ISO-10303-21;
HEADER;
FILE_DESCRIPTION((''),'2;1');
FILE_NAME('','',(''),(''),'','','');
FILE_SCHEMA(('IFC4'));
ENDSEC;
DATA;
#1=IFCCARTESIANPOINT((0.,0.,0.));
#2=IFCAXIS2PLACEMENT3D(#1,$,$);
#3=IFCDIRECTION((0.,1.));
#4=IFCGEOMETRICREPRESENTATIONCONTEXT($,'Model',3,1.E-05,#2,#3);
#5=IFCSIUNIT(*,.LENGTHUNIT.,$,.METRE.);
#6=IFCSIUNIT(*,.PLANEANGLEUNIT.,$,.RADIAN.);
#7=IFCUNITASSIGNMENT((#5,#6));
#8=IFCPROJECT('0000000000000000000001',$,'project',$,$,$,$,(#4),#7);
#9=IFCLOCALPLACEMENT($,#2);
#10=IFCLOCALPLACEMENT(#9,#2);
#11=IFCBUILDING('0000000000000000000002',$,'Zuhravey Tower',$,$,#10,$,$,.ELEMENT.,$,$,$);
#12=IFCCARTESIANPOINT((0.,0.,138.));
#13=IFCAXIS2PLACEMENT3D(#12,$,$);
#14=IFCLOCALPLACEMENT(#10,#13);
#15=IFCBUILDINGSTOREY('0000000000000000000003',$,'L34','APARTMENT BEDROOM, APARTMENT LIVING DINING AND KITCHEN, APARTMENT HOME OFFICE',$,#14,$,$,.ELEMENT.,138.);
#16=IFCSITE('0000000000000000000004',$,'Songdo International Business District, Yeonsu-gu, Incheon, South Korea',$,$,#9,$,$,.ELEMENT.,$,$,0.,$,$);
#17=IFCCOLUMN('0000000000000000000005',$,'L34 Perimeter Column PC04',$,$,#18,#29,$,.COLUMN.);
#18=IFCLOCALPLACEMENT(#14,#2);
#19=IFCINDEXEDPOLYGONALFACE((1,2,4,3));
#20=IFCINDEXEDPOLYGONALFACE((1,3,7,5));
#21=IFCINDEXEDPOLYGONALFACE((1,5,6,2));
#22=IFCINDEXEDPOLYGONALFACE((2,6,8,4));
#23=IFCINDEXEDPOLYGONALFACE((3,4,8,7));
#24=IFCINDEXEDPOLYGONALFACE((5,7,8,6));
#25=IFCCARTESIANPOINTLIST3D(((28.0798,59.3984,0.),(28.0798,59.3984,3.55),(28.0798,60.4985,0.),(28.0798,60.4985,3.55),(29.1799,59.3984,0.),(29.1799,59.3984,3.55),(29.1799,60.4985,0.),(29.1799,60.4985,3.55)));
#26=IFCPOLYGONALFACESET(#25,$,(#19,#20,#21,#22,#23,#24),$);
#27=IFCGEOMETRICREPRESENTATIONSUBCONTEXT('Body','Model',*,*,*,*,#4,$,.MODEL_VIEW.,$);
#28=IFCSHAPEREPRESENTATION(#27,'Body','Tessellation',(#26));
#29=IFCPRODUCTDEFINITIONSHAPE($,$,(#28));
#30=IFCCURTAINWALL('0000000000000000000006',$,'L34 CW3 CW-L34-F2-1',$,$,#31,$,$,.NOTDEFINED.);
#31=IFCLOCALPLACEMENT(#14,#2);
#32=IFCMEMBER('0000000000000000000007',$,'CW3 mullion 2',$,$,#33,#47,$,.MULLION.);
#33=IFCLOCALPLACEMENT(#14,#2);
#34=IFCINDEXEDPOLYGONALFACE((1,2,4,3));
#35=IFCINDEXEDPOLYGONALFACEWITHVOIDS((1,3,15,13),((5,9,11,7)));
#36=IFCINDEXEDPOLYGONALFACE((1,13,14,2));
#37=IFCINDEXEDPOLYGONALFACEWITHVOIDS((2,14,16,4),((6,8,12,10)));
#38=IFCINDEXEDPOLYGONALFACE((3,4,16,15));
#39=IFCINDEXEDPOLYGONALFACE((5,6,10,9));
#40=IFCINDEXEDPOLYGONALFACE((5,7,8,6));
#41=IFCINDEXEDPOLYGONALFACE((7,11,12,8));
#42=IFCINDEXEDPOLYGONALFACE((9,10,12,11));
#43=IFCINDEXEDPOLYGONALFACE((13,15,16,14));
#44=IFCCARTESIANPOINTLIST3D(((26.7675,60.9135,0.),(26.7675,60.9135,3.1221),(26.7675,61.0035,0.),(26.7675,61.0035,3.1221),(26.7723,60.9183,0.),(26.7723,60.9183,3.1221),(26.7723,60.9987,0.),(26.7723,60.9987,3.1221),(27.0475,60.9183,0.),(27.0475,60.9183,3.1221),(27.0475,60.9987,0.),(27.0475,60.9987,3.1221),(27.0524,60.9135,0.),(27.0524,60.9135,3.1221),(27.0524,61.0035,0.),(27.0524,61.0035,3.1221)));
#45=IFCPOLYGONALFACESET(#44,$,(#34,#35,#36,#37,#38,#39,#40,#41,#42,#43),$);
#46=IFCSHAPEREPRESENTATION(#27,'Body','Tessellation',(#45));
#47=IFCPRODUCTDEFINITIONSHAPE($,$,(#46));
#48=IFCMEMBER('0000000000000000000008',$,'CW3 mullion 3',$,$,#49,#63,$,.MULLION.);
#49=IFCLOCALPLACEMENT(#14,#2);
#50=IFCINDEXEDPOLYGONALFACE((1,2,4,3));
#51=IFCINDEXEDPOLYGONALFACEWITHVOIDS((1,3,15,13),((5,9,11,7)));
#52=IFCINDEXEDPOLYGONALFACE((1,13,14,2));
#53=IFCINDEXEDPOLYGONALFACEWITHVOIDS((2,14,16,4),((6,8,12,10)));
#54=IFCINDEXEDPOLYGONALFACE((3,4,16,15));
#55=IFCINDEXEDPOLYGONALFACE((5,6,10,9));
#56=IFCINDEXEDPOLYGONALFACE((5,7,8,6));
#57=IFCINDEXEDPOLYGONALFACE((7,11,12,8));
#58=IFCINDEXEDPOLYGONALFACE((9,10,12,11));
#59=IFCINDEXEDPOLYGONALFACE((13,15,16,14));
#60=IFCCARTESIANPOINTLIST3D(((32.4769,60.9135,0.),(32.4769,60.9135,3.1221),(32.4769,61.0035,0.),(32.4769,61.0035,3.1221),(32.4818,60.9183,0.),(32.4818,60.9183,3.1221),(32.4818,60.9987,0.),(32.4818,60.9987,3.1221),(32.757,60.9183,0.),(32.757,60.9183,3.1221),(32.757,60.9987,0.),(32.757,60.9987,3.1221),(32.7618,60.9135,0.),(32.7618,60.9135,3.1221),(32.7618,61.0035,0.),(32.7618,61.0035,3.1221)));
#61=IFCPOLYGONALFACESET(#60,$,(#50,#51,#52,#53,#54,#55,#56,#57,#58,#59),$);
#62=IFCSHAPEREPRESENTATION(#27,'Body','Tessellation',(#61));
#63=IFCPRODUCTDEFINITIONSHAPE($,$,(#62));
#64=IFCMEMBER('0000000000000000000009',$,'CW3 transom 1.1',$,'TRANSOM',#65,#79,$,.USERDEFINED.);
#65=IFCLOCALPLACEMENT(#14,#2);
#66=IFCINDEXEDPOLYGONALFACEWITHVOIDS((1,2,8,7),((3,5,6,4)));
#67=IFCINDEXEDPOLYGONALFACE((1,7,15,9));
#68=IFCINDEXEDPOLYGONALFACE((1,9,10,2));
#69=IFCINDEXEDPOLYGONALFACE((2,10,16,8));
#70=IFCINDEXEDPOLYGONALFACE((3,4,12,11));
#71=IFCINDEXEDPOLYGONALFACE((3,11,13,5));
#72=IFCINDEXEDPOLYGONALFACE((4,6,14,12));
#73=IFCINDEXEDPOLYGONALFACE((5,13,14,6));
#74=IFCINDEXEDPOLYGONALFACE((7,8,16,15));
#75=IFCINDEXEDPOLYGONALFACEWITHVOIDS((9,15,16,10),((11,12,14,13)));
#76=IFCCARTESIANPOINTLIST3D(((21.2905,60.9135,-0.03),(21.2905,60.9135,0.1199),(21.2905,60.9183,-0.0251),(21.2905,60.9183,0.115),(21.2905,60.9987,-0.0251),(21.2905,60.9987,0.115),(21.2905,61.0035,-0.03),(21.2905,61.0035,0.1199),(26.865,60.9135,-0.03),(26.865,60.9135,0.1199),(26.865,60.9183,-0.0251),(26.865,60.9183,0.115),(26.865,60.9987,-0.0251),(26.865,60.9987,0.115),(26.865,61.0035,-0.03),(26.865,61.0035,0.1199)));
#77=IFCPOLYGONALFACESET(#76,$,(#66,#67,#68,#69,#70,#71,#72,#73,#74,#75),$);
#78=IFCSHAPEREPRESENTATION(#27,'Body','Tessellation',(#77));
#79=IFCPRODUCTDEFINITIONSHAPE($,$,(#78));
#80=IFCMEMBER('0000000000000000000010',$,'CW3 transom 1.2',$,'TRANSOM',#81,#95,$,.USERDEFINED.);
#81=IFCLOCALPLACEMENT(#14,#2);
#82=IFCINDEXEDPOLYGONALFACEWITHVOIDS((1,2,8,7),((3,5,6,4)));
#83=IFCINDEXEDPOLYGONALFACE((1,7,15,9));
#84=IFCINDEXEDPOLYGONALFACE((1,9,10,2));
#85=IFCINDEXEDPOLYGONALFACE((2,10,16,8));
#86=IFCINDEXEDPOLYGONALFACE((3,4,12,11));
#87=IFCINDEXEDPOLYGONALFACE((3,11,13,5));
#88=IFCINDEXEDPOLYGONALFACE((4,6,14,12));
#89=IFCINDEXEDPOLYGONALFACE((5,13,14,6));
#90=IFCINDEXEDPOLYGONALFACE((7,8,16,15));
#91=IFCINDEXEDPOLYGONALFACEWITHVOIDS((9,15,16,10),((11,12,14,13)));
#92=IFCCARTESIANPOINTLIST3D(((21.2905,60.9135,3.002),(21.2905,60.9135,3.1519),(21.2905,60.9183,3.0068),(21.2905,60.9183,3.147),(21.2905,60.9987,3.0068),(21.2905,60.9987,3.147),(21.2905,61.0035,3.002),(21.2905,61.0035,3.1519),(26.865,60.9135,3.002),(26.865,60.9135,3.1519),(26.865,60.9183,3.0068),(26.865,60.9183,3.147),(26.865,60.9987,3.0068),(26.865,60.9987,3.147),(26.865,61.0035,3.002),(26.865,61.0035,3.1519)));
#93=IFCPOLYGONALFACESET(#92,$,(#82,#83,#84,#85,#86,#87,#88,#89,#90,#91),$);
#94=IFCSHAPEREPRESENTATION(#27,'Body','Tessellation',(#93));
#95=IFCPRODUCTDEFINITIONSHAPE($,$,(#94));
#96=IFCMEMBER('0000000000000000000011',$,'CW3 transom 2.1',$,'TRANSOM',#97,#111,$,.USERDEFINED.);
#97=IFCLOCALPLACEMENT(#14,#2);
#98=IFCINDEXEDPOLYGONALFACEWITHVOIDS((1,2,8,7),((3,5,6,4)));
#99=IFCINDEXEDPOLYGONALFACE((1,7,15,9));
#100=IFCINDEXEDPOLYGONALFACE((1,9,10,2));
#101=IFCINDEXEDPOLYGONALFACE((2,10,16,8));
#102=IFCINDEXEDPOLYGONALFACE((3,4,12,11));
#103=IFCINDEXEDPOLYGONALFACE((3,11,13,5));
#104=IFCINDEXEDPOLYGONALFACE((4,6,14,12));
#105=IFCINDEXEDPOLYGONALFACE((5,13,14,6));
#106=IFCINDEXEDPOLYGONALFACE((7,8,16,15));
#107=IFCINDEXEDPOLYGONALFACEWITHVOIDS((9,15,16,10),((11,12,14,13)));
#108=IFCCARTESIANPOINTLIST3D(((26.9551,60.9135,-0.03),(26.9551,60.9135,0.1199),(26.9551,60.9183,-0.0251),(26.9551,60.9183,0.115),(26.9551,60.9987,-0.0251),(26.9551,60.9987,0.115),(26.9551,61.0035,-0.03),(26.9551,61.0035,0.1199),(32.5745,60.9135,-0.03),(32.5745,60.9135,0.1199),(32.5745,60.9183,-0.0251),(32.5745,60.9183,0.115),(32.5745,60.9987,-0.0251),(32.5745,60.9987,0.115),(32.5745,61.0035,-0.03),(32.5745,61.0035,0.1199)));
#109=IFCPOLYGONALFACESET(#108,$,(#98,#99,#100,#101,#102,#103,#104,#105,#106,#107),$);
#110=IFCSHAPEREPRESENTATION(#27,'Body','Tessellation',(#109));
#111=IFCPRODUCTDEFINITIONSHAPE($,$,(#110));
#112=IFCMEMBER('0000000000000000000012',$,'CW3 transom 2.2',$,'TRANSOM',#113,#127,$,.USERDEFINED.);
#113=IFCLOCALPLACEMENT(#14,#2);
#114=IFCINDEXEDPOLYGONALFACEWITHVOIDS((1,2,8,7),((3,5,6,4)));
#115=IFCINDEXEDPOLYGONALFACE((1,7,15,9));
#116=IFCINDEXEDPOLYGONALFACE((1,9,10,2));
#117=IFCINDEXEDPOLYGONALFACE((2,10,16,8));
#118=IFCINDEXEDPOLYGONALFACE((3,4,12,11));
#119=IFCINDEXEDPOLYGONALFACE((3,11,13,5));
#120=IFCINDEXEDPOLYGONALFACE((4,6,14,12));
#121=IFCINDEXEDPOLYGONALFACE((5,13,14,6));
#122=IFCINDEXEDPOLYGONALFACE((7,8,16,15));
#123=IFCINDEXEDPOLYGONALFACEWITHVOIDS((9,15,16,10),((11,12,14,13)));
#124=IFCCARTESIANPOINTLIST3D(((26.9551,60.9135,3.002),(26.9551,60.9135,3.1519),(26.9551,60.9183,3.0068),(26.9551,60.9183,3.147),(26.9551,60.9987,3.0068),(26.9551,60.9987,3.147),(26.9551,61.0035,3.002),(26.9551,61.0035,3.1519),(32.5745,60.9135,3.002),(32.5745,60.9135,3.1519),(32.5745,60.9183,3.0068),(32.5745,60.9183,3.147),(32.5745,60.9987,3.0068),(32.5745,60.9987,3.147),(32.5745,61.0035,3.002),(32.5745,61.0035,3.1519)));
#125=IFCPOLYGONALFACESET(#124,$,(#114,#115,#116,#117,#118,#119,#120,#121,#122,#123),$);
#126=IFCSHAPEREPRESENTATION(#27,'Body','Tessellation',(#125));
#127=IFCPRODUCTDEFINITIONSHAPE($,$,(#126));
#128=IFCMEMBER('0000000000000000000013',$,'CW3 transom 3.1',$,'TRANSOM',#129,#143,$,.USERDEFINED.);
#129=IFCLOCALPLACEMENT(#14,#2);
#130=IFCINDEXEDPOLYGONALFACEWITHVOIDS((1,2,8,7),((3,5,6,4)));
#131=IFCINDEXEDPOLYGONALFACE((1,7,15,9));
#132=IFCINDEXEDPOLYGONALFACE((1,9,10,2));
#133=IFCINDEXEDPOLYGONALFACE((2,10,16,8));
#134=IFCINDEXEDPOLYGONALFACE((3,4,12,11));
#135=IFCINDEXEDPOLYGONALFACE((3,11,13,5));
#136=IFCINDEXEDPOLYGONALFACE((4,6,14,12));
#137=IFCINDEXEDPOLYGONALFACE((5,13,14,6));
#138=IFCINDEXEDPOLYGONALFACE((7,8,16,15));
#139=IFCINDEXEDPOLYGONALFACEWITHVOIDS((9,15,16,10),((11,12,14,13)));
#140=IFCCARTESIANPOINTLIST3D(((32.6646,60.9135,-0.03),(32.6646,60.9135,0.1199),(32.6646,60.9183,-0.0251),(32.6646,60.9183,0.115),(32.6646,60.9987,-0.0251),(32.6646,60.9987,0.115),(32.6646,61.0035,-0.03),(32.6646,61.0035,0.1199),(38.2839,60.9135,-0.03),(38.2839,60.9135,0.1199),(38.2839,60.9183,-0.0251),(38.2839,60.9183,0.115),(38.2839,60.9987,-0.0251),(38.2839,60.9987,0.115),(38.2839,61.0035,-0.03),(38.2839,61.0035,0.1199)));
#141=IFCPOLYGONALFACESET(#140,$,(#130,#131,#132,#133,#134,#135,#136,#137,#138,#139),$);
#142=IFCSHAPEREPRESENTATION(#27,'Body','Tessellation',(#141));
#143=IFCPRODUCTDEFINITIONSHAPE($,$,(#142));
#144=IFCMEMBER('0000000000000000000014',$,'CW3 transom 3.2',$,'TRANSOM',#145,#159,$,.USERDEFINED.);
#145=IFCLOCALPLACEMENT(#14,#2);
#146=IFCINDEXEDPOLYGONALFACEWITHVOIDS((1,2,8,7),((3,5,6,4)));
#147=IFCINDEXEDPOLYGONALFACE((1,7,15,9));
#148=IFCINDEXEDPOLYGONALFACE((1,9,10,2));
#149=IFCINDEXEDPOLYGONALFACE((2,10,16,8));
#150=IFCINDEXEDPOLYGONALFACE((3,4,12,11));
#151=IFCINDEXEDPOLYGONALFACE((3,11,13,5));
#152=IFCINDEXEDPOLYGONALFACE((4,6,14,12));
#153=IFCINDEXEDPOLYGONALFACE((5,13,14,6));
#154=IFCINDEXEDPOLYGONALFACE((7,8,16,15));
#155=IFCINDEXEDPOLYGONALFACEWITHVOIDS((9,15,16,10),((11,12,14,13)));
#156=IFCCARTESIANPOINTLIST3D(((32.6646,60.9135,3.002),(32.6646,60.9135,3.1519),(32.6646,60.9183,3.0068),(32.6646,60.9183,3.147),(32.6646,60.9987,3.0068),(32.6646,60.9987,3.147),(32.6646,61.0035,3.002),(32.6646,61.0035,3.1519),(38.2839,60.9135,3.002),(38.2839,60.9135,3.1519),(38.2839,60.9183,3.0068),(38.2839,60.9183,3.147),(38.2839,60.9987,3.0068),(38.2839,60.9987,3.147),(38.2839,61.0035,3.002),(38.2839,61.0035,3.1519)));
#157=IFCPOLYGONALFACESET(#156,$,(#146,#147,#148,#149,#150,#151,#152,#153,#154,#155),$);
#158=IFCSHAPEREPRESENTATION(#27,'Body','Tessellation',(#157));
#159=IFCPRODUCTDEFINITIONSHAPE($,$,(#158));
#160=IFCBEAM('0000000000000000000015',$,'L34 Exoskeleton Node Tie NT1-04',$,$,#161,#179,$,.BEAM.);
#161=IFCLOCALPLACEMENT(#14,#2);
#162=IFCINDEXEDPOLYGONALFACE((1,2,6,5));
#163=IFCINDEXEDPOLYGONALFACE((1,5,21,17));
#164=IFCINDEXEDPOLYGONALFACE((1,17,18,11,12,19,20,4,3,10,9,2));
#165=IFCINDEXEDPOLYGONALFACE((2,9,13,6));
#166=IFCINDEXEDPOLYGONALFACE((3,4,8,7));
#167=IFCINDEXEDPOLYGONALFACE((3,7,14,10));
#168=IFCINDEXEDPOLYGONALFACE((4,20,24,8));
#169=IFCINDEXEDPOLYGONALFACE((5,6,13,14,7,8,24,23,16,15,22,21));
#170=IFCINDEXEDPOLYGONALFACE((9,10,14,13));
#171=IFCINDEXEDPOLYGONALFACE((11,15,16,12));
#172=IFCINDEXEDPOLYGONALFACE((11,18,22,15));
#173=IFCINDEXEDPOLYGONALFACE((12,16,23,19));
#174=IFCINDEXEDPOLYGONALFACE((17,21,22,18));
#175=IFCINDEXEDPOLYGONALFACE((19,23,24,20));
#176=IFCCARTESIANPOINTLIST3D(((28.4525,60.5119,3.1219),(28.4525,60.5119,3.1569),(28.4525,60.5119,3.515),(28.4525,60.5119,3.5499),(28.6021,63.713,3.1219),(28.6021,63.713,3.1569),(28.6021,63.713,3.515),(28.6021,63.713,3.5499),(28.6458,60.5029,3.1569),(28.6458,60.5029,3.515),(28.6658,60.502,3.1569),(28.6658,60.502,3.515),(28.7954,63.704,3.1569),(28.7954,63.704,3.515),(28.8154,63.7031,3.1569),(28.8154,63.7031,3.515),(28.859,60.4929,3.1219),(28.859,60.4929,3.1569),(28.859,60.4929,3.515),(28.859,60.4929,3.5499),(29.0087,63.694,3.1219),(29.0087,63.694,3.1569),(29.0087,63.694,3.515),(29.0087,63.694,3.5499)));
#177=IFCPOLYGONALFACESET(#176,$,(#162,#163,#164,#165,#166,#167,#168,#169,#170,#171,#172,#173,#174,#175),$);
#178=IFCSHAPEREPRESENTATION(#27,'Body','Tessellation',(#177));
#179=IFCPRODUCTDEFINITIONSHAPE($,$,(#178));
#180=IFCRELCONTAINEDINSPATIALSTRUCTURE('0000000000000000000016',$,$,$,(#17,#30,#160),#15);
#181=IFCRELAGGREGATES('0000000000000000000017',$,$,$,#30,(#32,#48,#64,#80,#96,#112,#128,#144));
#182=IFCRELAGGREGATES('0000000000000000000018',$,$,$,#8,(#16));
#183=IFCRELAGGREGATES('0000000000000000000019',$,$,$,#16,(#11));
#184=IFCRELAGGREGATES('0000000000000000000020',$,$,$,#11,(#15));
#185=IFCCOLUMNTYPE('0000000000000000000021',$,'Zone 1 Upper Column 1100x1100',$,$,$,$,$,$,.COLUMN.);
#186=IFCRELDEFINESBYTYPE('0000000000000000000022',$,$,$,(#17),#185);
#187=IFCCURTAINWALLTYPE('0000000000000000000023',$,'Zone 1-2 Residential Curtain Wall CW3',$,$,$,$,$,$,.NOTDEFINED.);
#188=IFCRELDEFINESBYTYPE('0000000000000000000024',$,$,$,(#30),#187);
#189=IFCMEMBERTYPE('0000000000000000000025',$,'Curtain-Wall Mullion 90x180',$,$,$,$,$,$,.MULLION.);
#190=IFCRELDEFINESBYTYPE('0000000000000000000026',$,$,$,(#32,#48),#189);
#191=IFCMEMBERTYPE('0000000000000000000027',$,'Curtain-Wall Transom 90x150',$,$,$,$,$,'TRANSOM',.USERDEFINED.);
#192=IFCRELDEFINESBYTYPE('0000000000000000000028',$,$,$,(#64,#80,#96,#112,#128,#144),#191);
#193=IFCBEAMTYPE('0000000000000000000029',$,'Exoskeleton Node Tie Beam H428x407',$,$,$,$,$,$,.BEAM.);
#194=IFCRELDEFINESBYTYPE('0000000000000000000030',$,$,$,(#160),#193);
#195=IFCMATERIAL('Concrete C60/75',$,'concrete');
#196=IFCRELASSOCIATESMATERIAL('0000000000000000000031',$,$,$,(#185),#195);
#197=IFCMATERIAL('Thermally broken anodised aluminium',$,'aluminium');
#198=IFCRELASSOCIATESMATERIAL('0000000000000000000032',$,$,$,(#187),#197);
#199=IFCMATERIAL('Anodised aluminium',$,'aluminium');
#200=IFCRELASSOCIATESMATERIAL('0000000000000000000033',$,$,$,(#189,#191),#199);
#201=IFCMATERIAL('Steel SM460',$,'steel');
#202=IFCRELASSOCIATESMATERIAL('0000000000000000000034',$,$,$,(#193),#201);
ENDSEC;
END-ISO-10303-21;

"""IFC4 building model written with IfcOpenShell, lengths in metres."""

from ifc_helpers import new_model, si_unit, direction, frame, origin, origin_2d, place, context, subcontext, project, spatial, rectangle, hollow_rectangle, i_section, extrude, material, material_profile, profile_set, type_object, element, aggregate, save


model = new_model("IFC4")

# Units and contexts
model_context = context("Model", 3, precision=1e-05, world=origin(), true_north=direction((0.0, 1.0)))
body_context = subcontext(model_context, "Body", "Model", "MODEL_VIEW")
ifc_project = project(units=[si_unit("LENGTHUNIT", "METRE"), si_unit("PLANEANGLEUNIT", "RADIAN")], contexts=[model_context])

# Site, building, storey
site_placement = place(None, origin())
site = spatial("IfcSite", under=ifc_project, at=site_placement, Name="Songdo International Business District, Yeonsu-gu, Incheon, South Korea", CompositionType="ELEMENT", RefElevation=0.0)
building_placement = place(site_placement, origin())
building = spatial("IfcBuilding", under=site, at=building_placement, Name="Zuhravey Tower", CompositionType="ELEMENT")
storey_placement = place(building_placement, frame((0.0, 0.0, 138.0)))
storey = spatial("IfcBuildingStorey", under=building, at=storey_placement, Name="L34", Description="APARTMENT BEDROOM, APARTMENT LIVING DINING AND KITCHEN, APARTMENT HOME OFFICE", CompositionType="ELEMENT", Elevation=138.0)

# Column
ifc_material_1 = material(Name="Concrete C60/75", Category="concrete")
ifc_material_profile_1 = material_profile(ifc_material_1, rectangle(XDim=1.1001, YDim=1.1001, at=origin_2d()), Name="RC-1100x1100")
ifc_profile_set_1 = profile_set([ifc_material_profile_1], Name="Concrete C60/75")
column_type = type_object("IfcColumnType", Name="Zone 1 Upper Column 1100x1100", PredefinedType="COLUMN", material=ifc_profile_set_1)
column_placement = place(storey_placement, frame((28.6299, 59.9485, 0.0), z_axis=(0.0, 0.0, 1.0), x_axis=(-1.0, 0.0, 0.0)))
element("IfcColumn", 1, at=column_placement, inside=storey, type_object=column_type, Name="L34 Perimeter Column PC04", PredefinedType="COLUMN", context=body_context, shape_type="SweptSolid", body=[
    extrude(rectangle(XDim=1.1001, YDim=1.1001, at=origin_2d()), origin(), (0.0, 0.0, 1.0), 3.55),
])

# Curtain wall, members
ifc_material_2 = material(Name="Thermally broken anodised aluminium", Category="aluminium")
curtain_wall_type = type_object("IfcCurtainWallType", Name="Zone 1-2 Residential Curtain Wall CW3", PredefinedType="NOTDEFINED", material=ifc_material_2)
curtain_wall_placement = place(storey_placement, origin())
curtain_wall = element("IfcCurtainWall", 2, at=curtain_wall_placement, inside=storey, type_object=curtain_wall_type, Name="L34 CW3 CW-L34-F2-1", PredefinedType="NOTDEFINED")
ifc_material_3 = material(Name="Anodised aluminium", Category="aluminium")
ifc_material_profile_2 = material_profile(ifc_material_3, hollow_rectangle(XDim=0.0901, YDim=0.2849, WallThickness=0.0049, at=origin_2d()), Name="ALU-RHS-90x285x5")
ifc_profile_set_2 = profile_set([ifc_material_profile_2], Name="Anodised aluminium")
member_type_1 = type_object("IfcMemberType", Name="Curtain-Wall Mullion 90x180", PredefinedType="MULLION", material=ifc_profile_set_2)
member_1_placement = place(storey_placement, frame((26.9099, 60.9585, 0.0), z_axis=(0.0, 0.0, 1.0), x_axis=(0.0, 1.0, 0.0)))
member_1 = element("IfcMember", 3, at=member_1_placement, type_object=member_type_1, Name="CW3 mullion 2", PredefinedType="MULLION", context=body_context, shape_type="SweptSolid", body=[
    extrude(hollow_rectangle(XDim=0.0901, YDim=0.2849, WallThickness=0.0049, at=origin_2d()), origin(), (0.0, 0.0, 1.0), 3.1221),
])
member_2_placement = place(storey_placement, frame((32.6194, 60.9585, 0.0), z_axis=(0.0, 0.0, 1.0), x_axis=(0.0, 1.0, 0.0)))
member_2 = element("IfcMember", 4, at=member_2_placement, type_object=member_type_1, Name="CW3 mullion 3", PredefinedType="MULLION", context=body_context, shape_type="SweptSolid", body=[
    extrude(hollow_rectangle(XDim=0.0901, YDim=0.2849, WallThickness=0.0049, at=origin_2d()), origin(), (0.0, 0.0, 1.0), 3.1221),
])
ifc_material_profile_3 = material_profile(ifc_material_3, hollow_rectangle(XDim=0.0901, YDim=0.1499, WallThickness=0.0049, at=origin_2d()), Name="ALU-RHS-90x150x5")
ifc_profile_set_3 = profile_set([ifc_material_profile_3], Name="Anodised aluminium")
member_type_2 = type_object("IfcMemberType", Name="Curtain-Wall Transom 90x150", ElementType="TRANSOM", PredefinedType="USERDEFINED", material=ifc_profile_set_3)
member_3_placement = place(storey_placement, frame((21.2905, 60.9585, 0.0449), z_axis=(1.0, 0.0, 0.0), x_axis=(0.0, 1.0, 0.0)))
member_3 = element("IfcMember", 5, at=member_3_placement, type_object=member_type_2, Name="CW3 transom 1.1", ObjectType="TRANSOM", PredefinedType="USERDEFINED", context=body_context, shape_type="SweptSolid", body=[
    extrude(hollow_rectangle(XDim=0.0901, YDim=0.1499, WallThickness=0.0049, at=origin_2d()), origin(), (0.0, 0.0, 1.0), 5.5745),
])
member_4_placement = place(storey_placement, frame((21.2905, 60.9585, 3.0769), z_axis=(1.0, 0.0, 0.0), x_axis=(0.0, 1.0, 0.0)))
member_4 = element("IfcMember", 6, at=member_4_placement, type_object=member_type_2, Name="CW3 transom 1.2", ObjectType="TRANSOM", PredefinedType="USERDEFINED", context=body_context, shape_type="SweptSolid", body=[
    extrude(hollow_rectangle(XDim=0.0901, YDim=0.1499, WallThickness=0.0049, at=origin_2d()), origin(), (0.0, 0.0, 1.0), 5.5745),
])
member_5_placement = place(storey_placement, frame((26.9551, 60.9585, 0.0449), z_axis=(1.0, 0.0, 0.0), x_axis=(0.0, 1.0, 0.0)))
member_5 = element("IfcMember", 7, at=member_5_placement, type_object=member_type_2, Name="CW3 transom 2.1", ObjectType="TRANSOM", PredefinedType="USERDEFINED", context=body_context, shape_type="SweptSolid", body=[
    extrude(hollow_rectangle(XDim=0.0901, YDim=0.1499, WallThickness=0.0049, at=origin_2d()), origin(), (0.0, 0.0, 1.0), 5.6194),
])
member_6_placement = place(storey_placement, frame((26.9551, 60.9585, 3.0769), z_axis=(1.0, 0.0, 0.0), x_axis=(0.0, 1.0, 0.0)))
member_6 = element("IfcMember", 8, at=member_6_placement, type_object=member_type_2, Name="CW3 transom 2.2", ObjectType="TRANSOM", PredefinedType="USERDEFINED", context=body_context, shape_type="SweptSolid", body=[
    extrude(hollow_rectangle(XDim=0.0901, YDim=0.1499, WallThickness=0.0049, at=origin_2d()), origin(), (0.0, 0.0, 1.0), 5.6194),
])
member_7_placement = place(storey_placement, frame((32.6646, 60.9585, 0.0449), z_axis=(1.0, 0.0, 0.0), x_axis=(0.0, 1.0, 0.0)))
member_7 = element("IfcMember", 9, at=member_7_placement, type_object=member_type_2, Name="CW3 transom 3.1", ObjectType="TRANSOM", PredefinedType="USERDEFINED", context=body_context, shape_type="SweptSolid", body=[
    extrude(hollow_rectangle(XDim=0.0901, YDim=0.1499, WallThickness=0.0049, at=origin_2d()), origin(), (0.0, 0.0, 1.0), 5.6194),
])
member_8_placement = place(storey_placement, frame((32.6646, 60.9585, 3.0769), z_axis=(1.0, 0.0, 0.0), x_axis=(0.0, 1.0, 0.0)))
member_8 = element("IfcMember", 10, at=member_8_placement, type_object=member_type_2, Name="CW3 transom 3.2", ObjectType="TRANSOM", PredefinedType="USERDEFINED", context=body_context, shape_type="SweptSolid", body=[
    extrude(hollow_rectangle(XDim=0.0901, YDim=0.1499, WallThickness=0.0049, at=origin_2d()), origin(), (0.0, 0.0, 1.0), 5.6194),
])

# Beam
ifc_material_4 = material(Name="Steel SM460", Category="steel")
ifc_material_profile_4 = material_profile(ifc_material_4, i_section(OverallWidth=0.407, OverallDepth=0.428, WebThickness=0.02, FlangeThickness=0.0349, at=origin_2d()), Name="H-428x407x20x35")
ifc_profile_set_4 = profile_set([ifc_material_profile_4], Name="Steel SM460")
beam_type_1 = type_object("IfcBeamType", Name="Exoskeleton Node Tie Beam H428x407", PredefinedType="BEAM", material=ifc_profile_set_4)
beam_1_placement = place(storey_placement, frame((28.6558, 60.5024, 3.3359), z_axis=(0.0467, 0.998909, 0.0), x_axis=(-0.998909, 0.0467, 0.0)))
element("IfcBeam", 11, at=beam_1_placement, inside=storey, type_object=beam_type_1, Name="L34 Exoskeleton Node Tie NT1-04", PredefinedType="BEAM", context=body_context, shape_type="SweptSolid", body=[
    extrude(i_section(OverallWidth=0.407, OverallDepth=0.428, WebThickness=0.02, FlangeThickness=0.0349, at=origin_2d()), origin(), (0.0, 0.0, 1.0), 3.2046),
])

aggregate(curtain_wall, [member_1, member_2, member_3, member_4, member_5, member_6, member_7, member_8])

save(model, "model.ifc")
